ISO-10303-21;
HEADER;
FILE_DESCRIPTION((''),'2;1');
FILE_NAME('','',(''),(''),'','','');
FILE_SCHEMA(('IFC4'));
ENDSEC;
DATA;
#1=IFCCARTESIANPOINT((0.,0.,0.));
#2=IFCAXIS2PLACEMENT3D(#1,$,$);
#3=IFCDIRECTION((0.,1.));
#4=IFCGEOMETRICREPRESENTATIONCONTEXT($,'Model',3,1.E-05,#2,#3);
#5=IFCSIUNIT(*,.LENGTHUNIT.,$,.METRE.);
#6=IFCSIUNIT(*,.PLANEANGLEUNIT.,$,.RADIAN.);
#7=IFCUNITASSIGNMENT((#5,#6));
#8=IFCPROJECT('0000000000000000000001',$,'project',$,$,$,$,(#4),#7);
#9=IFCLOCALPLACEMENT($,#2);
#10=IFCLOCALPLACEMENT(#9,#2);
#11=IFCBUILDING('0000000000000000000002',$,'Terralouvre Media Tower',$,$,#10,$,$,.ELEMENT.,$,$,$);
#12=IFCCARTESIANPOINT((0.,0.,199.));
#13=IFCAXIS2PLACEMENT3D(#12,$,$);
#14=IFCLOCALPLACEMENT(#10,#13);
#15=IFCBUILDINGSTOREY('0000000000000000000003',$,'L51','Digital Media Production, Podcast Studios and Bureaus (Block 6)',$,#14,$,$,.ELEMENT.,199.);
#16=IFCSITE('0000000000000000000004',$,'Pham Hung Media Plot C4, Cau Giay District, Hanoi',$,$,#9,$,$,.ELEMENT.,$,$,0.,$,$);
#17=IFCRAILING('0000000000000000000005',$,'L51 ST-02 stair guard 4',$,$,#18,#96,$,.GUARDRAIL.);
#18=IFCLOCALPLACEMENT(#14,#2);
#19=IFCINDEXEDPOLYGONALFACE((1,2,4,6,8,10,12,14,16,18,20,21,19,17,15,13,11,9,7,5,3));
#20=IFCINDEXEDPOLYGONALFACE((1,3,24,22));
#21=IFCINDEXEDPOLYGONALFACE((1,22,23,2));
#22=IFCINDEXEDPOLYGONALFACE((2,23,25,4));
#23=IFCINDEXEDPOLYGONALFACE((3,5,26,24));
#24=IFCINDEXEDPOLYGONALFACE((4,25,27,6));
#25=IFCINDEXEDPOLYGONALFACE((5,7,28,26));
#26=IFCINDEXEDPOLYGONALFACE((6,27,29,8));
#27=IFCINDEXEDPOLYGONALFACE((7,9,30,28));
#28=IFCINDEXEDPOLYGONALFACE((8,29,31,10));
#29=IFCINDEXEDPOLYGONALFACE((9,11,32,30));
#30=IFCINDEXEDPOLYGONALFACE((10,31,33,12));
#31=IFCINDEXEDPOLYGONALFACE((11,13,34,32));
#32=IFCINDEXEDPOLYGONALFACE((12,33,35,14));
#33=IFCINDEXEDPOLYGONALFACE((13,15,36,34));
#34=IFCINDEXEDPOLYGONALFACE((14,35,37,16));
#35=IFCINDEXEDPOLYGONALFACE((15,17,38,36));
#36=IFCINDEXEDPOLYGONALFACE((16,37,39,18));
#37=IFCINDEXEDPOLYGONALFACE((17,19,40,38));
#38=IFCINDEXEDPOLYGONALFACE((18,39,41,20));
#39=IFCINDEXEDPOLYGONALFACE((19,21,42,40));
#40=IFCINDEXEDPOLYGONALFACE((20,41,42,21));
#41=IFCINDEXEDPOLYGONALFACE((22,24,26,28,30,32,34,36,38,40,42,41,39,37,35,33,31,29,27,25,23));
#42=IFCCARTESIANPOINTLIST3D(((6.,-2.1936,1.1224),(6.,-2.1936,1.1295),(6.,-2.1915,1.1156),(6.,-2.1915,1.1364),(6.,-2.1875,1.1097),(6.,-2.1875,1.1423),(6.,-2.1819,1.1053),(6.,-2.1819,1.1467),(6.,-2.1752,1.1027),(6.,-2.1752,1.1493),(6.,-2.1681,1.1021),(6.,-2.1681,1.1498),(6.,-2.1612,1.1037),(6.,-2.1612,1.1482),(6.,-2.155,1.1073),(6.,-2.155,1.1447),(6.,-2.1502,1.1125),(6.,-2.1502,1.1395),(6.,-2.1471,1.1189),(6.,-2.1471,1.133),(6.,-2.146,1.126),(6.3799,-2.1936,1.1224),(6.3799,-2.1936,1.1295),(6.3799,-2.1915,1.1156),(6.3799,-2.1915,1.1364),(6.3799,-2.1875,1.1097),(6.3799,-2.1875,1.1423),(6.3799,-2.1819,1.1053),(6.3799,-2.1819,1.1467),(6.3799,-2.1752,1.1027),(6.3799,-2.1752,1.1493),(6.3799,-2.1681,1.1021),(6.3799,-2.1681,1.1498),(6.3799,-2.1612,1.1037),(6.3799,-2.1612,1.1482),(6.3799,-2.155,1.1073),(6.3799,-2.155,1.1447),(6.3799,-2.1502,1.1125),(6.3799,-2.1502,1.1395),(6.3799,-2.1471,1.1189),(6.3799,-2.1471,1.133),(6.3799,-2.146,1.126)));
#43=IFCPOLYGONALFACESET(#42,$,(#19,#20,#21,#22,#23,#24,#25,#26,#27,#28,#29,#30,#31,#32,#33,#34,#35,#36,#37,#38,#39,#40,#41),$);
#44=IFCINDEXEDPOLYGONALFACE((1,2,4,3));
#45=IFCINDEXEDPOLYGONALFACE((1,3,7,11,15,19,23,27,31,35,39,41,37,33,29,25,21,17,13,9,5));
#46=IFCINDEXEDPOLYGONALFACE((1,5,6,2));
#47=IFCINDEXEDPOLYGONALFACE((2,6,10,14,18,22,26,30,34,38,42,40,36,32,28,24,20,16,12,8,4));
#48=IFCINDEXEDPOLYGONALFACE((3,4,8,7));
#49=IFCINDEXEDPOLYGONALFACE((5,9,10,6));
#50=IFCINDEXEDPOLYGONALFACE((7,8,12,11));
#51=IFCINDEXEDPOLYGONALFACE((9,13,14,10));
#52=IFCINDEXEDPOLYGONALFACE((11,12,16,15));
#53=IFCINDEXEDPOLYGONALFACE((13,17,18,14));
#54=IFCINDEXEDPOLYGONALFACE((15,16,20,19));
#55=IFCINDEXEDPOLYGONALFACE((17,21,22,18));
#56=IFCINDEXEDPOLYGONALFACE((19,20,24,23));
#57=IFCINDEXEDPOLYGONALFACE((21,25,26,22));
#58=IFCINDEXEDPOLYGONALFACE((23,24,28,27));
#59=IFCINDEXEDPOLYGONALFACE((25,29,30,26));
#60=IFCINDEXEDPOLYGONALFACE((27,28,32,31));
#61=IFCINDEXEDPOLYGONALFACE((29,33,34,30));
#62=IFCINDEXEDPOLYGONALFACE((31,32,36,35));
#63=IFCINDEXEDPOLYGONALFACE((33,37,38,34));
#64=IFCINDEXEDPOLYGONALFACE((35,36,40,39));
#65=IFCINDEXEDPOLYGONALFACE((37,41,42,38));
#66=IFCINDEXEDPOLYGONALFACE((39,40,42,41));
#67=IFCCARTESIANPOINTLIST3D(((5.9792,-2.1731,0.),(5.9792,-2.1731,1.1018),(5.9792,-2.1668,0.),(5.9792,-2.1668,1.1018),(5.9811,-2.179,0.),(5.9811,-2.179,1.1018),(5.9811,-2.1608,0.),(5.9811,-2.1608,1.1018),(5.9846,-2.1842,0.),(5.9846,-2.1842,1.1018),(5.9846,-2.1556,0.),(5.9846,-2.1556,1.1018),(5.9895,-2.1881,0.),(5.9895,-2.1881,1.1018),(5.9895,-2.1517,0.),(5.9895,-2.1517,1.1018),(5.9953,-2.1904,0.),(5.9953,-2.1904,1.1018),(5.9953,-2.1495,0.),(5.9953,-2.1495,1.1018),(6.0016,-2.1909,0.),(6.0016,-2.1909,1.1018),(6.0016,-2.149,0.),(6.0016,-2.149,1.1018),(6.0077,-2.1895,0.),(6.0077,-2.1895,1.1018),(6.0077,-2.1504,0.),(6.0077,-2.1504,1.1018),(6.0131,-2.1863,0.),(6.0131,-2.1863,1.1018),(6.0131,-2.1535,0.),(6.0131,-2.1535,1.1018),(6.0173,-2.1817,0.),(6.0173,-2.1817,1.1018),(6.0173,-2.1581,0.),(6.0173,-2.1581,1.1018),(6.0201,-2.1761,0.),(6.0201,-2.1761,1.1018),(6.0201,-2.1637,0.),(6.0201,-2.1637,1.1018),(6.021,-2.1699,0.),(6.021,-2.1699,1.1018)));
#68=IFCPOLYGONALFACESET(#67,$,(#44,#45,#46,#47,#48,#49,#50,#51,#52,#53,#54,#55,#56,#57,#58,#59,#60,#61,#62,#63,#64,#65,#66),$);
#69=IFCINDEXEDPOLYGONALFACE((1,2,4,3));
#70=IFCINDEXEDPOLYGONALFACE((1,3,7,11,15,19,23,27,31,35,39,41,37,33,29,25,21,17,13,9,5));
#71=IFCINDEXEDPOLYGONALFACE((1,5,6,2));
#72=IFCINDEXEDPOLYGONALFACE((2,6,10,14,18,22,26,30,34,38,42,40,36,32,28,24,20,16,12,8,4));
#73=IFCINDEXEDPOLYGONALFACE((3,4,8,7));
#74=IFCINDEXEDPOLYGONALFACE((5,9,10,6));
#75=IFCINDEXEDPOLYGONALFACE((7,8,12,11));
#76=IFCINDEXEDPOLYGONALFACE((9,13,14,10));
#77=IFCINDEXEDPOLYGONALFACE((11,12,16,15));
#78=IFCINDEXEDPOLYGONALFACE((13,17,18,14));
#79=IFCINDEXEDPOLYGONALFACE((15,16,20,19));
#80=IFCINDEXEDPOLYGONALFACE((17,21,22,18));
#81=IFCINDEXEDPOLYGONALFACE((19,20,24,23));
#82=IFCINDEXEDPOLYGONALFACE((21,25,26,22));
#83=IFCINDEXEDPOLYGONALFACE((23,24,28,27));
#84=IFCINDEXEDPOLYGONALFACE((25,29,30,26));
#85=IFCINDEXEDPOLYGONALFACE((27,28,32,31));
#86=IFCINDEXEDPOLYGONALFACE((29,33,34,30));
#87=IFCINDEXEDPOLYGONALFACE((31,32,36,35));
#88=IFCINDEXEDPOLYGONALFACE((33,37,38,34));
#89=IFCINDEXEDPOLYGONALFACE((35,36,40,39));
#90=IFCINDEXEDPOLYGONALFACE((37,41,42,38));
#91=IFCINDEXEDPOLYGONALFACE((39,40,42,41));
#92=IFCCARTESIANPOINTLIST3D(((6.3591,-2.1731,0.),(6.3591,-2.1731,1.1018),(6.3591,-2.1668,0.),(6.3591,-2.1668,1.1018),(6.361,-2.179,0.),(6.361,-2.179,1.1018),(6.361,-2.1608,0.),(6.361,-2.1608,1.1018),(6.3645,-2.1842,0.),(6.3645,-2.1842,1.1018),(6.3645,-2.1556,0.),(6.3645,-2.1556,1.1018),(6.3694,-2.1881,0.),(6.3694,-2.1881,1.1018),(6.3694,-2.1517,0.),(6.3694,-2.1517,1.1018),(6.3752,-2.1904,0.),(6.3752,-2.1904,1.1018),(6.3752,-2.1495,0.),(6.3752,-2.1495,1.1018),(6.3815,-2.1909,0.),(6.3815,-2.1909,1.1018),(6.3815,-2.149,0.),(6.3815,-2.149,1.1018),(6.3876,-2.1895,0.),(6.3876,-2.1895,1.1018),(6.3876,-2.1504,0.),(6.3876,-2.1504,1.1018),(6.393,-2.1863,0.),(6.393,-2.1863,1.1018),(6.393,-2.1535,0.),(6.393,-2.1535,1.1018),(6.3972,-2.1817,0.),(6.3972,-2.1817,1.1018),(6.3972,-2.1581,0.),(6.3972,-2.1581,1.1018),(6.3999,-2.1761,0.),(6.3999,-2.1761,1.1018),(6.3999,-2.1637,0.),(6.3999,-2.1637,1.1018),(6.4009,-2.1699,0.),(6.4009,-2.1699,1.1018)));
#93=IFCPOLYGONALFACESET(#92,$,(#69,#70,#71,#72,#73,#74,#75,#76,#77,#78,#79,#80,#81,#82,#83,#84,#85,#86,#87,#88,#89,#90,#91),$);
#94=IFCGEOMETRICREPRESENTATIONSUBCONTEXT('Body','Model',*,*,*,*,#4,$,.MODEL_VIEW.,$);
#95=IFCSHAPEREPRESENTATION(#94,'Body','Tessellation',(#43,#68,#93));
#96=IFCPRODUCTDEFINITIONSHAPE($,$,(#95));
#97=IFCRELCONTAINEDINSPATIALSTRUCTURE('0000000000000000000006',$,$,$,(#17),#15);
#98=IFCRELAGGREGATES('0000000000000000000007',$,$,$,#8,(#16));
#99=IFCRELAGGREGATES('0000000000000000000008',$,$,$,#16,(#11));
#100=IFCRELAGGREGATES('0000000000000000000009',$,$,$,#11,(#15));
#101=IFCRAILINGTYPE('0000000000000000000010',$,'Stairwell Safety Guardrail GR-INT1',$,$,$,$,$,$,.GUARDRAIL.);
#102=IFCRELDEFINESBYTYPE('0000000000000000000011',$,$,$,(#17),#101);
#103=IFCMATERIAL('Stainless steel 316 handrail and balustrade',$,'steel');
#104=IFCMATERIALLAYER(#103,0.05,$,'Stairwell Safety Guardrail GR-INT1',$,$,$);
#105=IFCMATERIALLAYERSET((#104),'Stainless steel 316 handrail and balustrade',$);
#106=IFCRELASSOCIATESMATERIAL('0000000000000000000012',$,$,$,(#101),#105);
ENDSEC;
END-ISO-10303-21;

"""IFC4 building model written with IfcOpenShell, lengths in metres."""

from ifc_helpers import new_model, si_unit, direction, frame, origin, origin_2d, place, context, subcontext, project, spatial, circle, extrude, material, layer, layer_set, type_object, element, save


model = new_model("IFC4")

# Units and contexts
model_context = context("Model", 3, precision=1e-05, world=origin(), true_north=direction((0.0, 1.0)))
body_context = subcontext(model_context, "Body", "Model", "MODEL_VIEW")
ifc_project = project(units=[si_unit("LENGTHUNIT", "METRE"), si_unit("PLANEANGLEUNIT", "RADIAN")], contexts=[model_context])

# Site, building, storey
site_placement = place(None, origin())
site = spatial("IfcSite", under=ifc_project, at=site_placement, Name="Pham Hung Media Plot C4, Cau Giay District, Hanoi", CompositionType="ELEMENT", RefElevation=0.0)
building_placement = place(site_placement, origin())
building = spatial("IfcBuilding", under=site, at=building_placement, Name="Terralouvre Media Tower", CompositionType="ELEMENT")
storey_placement = place(building_placement, frame((0.0, 0.0, 199.0)))
storey = spatial("IfcBuildingStorey", under=building, at=storey_placement, Name="L51", Description="Digital Media Production, Podcast Studios and Bureaus (Block 6)", CompositionType="ELEMENT", Elevation=199.0)

# Railing
ifc_material_1 = material(Name="Stainless steel 316 handrail and balustrade", Category="steel")
ifc_layer_1 = layer(ifc_material_1, 0.05, Name="Stairwell Safety Guardrail GR-INT1")
ifc_layer_set_1 = layer_set([ifc_layer_1], Name="Stainless steel 316 handrail and balustrade")
railing_type_1 = type_object("IfcRailingType", Name="Stairwell Safety Guardrail GR-INT1", PredefinedType="GUARDRAIL", material=ifc_layer_set_1)
railing_1_placement = place(storey_placement, frame((6.0, -2.1699, 0.0)))
element("IfcRailing", 1, at=railing_1_placement, inside=storey, type_object=railing_type_1, Name="L51 ST-02 stair guard 4", PredefinedType="GUARDRAIL", context=body_context, shape_type="SweptSolid", body=[
    extrude(circle(Radius=0.0239, at=origin_2d()), frame((0.0, 0.0, 1.126), z_axis=(1.0, 0.0, 0.0), x_axis=(0.0, 1.0, 0.0)), (0.0, 0.0, 1.0), 0.3799),
    extrude(circle(Radius=0.021, at=origin_2d()), origin(), (0.0, 0.0, 1.0), 1.1018),
    extrude(circle(Radius=0.021, at=origin_2d()), frame((0.3799, 0.0, 0.0)), (0.0, 0.0, 1.0), 1.1018),
])

save(model, "model.ifc")
